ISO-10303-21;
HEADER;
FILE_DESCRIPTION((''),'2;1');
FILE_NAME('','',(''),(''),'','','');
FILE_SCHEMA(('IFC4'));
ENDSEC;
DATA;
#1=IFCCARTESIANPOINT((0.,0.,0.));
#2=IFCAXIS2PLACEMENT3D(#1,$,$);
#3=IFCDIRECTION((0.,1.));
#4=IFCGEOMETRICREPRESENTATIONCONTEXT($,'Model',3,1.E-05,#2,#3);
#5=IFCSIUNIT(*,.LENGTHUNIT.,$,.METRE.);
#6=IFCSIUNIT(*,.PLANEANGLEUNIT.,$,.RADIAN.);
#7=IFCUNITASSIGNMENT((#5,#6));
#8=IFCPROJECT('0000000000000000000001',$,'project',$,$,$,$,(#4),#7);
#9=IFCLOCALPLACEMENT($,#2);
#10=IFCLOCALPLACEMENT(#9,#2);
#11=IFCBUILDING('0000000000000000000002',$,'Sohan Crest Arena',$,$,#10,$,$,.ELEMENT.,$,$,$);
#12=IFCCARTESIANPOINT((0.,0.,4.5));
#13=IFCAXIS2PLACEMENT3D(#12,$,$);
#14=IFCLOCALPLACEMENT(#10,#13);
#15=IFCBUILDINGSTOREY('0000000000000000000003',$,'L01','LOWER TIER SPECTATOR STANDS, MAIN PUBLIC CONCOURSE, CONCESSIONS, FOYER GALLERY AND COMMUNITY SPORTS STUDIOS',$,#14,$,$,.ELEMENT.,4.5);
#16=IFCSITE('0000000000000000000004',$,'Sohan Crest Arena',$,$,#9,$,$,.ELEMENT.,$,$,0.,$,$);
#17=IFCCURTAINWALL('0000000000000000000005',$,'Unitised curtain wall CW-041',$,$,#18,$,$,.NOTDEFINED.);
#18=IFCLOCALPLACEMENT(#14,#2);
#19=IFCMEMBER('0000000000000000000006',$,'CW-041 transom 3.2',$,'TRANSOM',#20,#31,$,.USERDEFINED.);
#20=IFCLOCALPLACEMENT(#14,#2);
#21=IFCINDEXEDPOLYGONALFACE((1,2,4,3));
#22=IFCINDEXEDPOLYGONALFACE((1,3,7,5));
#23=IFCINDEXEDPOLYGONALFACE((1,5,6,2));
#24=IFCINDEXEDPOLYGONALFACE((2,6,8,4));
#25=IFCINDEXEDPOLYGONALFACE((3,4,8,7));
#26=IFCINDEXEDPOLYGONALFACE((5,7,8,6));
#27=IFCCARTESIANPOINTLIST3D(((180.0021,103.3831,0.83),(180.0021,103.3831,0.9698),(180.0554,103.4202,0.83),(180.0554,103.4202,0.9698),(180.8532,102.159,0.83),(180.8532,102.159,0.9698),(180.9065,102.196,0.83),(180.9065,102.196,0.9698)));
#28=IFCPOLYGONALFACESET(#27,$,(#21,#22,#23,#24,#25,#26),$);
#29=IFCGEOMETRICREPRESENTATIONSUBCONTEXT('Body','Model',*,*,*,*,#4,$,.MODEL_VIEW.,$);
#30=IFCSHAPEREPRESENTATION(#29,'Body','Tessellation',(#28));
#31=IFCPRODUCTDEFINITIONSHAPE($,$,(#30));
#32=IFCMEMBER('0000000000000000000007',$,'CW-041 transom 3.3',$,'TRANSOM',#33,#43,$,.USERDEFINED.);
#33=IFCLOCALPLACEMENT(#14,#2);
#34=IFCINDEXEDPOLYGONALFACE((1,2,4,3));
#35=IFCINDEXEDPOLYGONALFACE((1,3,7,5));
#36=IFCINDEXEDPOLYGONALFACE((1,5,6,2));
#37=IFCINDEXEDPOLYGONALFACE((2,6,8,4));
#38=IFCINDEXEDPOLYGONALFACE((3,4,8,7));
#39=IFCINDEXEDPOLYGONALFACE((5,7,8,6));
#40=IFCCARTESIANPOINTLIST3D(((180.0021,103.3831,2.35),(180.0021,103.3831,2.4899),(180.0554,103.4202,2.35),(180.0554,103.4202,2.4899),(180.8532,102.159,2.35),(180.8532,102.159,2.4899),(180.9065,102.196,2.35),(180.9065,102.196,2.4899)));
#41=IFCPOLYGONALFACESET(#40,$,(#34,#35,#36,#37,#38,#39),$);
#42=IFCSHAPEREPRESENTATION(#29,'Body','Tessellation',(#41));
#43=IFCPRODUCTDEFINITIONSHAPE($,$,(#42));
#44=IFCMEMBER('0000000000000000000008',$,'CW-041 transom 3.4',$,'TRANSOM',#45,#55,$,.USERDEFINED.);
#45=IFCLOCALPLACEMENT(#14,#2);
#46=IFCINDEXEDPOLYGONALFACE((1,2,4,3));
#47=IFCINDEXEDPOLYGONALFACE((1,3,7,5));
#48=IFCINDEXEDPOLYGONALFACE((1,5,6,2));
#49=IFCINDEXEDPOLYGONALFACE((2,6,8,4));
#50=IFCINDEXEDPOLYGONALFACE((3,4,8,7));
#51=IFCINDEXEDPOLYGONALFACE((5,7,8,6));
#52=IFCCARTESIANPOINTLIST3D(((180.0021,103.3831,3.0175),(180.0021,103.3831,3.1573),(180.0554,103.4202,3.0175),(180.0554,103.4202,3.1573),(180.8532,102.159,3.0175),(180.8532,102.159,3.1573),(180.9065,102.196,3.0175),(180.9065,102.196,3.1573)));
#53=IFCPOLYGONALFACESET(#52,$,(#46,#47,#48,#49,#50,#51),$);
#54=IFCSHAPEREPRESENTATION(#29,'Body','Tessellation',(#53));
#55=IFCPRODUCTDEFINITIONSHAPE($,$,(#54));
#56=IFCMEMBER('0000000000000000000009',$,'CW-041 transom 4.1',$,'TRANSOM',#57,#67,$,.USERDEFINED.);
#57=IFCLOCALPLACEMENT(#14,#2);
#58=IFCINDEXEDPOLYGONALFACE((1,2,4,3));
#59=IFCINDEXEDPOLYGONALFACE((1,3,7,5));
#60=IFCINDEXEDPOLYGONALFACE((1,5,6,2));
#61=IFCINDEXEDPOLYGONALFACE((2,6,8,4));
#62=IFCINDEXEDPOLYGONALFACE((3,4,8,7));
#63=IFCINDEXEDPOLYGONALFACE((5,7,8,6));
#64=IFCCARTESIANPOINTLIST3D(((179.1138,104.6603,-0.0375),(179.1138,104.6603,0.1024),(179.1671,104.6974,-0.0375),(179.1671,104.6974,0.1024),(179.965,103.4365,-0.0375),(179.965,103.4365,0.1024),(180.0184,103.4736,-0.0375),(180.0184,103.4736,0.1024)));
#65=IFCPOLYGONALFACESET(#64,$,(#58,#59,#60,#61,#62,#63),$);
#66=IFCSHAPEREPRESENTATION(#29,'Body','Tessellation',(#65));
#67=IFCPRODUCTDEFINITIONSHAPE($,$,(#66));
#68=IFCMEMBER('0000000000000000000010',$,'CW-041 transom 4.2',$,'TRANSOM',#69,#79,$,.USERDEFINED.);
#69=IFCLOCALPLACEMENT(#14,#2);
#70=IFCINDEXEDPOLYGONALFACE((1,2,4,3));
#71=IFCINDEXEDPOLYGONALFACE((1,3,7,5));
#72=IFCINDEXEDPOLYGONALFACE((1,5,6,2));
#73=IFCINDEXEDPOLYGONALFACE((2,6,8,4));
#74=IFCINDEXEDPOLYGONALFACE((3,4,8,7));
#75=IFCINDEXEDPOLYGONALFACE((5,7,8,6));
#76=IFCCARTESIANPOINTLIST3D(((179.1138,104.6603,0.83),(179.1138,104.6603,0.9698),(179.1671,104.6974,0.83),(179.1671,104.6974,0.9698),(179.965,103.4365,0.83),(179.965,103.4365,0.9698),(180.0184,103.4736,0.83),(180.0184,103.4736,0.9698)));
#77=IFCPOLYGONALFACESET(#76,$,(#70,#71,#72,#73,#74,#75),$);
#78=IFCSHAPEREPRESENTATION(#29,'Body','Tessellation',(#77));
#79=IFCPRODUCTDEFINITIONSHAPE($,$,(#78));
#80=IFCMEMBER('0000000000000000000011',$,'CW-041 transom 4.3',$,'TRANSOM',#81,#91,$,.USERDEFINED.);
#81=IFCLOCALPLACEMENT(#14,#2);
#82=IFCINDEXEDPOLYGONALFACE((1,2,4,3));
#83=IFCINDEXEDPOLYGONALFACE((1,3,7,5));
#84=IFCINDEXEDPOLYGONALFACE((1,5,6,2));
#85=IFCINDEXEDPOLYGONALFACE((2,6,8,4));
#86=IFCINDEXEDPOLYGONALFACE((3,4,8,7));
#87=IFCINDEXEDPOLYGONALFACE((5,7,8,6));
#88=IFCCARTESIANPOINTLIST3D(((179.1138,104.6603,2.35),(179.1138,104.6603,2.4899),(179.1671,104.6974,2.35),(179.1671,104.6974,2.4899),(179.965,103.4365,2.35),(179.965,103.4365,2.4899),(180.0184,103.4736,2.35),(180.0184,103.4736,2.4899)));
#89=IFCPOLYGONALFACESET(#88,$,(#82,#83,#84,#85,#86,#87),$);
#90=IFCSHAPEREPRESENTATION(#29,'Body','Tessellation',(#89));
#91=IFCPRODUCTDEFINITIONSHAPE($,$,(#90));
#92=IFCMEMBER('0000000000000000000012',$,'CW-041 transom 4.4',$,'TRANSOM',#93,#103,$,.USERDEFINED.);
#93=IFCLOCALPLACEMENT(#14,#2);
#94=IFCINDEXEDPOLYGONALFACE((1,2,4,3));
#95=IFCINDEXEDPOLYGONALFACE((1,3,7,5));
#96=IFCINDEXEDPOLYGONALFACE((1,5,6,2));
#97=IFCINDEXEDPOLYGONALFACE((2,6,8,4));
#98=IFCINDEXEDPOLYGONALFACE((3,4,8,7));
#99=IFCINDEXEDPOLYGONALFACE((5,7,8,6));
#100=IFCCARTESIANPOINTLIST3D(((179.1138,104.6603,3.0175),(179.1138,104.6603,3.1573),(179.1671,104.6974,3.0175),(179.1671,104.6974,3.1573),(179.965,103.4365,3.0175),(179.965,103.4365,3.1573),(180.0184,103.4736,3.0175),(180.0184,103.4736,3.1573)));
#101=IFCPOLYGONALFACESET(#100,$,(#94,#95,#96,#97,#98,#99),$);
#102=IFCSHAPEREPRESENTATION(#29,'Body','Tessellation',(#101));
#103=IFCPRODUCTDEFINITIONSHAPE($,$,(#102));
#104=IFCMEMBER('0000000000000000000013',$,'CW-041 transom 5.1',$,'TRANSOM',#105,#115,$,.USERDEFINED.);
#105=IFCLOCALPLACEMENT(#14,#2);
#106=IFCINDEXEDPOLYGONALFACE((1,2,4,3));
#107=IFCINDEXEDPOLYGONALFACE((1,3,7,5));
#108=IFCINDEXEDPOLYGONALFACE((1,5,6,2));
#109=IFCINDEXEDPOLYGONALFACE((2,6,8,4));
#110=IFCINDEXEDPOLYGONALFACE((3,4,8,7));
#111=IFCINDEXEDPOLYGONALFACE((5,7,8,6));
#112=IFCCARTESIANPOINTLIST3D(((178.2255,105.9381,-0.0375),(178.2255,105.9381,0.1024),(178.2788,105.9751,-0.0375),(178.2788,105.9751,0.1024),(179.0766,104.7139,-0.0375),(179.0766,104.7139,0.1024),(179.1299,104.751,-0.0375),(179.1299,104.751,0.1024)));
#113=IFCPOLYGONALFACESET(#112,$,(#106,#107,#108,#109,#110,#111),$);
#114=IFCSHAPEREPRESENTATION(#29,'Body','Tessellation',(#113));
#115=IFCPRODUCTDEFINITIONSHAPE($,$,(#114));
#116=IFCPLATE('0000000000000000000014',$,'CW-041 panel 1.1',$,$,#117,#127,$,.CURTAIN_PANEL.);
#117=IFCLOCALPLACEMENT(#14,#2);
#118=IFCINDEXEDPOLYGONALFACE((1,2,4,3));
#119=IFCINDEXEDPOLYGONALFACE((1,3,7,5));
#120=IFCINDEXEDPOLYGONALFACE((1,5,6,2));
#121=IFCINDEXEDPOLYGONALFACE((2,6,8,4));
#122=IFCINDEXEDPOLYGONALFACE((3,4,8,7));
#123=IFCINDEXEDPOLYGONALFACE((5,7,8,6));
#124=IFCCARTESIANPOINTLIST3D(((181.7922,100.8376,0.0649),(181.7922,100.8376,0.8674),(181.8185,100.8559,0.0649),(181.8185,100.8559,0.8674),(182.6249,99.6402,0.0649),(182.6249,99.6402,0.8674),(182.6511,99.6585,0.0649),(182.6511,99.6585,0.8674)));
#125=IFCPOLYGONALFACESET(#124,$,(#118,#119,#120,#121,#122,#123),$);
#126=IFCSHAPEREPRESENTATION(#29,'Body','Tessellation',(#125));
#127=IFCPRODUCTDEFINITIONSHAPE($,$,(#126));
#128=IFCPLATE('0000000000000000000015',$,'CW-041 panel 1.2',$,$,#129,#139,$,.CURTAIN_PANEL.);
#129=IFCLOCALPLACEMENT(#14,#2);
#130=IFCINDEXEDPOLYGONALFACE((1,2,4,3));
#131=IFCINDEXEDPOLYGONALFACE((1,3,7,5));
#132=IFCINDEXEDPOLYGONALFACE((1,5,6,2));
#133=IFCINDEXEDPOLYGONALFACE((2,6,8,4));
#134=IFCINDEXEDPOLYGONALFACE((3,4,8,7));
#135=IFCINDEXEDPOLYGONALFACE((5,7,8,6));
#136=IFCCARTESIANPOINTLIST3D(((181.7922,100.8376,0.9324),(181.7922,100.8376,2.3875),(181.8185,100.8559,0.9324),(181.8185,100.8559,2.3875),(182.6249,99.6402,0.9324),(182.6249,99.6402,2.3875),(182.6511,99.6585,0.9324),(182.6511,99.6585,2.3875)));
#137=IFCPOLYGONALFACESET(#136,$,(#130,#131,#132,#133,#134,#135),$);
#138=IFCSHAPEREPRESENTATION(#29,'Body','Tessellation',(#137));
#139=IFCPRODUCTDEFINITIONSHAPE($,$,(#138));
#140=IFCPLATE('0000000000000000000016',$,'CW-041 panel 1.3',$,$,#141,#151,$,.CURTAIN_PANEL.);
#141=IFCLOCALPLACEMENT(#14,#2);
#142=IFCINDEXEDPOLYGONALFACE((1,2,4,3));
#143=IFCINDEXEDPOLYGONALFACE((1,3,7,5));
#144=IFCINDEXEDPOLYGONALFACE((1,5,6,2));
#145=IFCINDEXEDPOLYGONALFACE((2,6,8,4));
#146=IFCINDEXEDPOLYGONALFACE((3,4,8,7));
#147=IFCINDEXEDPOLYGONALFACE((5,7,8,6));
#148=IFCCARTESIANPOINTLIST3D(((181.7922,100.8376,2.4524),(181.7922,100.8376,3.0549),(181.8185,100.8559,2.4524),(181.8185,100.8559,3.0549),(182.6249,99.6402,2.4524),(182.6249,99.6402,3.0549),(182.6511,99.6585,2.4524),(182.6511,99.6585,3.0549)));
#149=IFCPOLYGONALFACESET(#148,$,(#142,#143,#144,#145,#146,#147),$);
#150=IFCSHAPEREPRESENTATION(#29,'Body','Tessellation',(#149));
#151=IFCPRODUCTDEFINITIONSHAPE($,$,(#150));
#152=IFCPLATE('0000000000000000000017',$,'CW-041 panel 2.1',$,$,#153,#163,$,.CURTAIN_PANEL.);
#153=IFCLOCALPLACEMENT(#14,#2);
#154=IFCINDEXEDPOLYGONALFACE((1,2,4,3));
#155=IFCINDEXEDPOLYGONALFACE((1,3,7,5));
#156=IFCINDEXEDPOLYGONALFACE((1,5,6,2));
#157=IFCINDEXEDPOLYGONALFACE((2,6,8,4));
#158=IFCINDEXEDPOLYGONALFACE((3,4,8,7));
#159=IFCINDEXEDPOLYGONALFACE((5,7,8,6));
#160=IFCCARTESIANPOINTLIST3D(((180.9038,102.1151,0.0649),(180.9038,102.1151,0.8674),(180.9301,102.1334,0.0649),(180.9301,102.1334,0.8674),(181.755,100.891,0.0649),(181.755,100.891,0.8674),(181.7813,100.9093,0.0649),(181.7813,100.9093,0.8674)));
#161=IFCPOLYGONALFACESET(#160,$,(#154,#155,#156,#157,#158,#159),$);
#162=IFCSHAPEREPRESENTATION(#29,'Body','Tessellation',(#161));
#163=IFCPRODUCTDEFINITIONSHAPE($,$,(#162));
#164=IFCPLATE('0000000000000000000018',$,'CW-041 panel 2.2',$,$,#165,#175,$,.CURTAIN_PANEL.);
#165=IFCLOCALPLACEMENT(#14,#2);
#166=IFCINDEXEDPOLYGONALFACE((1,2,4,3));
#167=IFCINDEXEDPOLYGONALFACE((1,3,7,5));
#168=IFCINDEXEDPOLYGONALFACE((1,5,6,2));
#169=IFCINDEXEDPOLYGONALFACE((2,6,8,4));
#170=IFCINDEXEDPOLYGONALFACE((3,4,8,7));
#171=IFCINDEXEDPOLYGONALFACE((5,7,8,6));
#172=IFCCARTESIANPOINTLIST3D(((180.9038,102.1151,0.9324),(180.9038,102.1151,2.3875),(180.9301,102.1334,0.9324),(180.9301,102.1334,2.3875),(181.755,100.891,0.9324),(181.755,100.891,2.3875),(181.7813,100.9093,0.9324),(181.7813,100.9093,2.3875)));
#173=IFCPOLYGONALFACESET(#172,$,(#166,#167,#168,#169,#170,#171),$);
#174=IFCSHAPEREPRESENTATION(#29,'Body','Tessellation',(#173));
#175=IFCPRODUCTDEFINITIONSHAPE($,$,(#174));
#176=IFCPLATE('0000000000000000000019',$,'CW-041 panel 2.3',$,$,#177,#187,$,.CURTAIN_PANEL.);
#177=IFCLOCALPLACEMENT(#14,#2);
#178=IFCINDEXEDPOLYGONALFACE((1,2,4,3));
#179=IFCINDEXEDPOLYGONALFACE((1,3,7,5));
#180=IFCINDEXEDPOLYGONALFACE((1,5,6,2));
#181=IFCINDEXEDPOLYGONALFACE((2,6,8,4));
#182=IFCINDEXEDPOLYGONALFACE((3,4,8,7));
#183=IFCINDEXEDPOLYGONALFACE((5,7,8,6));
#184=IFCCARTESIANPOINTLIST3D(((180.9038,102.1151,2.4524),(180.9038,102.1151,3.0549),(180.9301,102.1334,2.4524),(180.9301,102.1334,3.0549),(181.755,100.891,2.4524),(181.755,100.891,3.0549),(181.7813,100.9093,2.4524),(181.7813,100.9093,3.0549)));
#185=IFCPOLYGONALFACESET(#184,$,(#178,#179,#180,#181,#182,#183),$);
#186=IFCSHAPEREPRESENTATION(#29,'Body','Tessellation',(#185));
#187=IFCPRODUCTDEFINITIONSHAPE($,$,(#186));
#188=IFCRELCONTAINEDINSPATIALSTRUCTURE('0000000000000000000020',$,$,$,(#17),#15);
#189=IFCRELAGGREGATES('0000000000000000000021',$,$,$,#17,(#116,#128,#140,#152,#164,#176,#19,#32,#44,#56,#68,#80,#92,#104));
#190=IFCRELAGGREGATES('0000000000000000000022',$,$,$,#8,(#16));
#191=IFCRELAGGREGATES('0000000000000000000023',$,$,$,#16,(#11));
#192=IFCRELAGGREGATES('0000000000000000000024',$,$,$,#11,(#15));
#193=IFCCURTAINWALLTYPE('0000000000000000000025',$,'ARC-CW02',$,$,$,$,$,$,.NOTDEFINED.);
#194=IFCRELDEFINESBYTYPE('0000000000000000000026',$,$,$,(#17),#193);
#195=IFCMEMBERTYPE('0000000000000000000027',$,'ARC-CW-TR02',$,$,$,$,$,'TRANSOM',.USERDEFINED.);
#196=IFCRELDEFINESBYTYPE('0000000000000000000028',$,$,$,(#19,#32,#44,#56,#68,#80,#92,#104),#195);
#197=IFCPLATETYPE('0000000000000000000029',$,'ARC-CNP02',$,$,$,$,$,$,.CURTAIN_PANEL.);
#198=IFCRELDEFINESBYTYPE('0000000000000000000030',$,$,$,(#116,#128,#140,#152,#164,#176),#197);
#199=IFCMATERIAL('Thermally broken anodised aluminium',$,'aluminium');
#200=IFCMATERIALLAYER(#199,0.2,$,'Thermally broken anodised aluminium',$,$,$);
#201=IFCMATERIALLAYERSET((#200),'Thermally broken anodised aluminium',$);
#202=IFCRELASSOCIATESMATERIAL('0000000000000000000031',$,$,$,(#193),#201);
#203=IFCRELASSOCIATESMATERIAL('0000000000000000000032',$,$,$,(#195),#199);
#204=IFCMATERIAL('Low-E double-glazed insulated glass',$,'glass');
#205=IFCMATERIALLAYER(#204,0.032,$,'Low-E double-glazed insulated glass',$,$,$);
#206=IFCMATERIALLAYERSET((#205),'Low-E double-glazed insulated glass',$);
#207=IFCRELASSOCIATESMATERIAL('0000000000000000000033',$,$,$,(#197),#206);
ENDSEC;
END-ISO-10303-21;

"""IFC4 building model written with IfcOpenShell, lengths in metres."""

from ifc_helpers import new_model, si_unit, direction, frame, origin, origin_2d, place, context, subcontext, project, spatial, rectangle, extrude, material, layer, layer_set, material_profile, profile_set, type_object, element, aggregate, save


model = new_model("IFC4")

# Units and contexts
model_context = context("Model", 3, precision=1e-05, world=origin(), true_north=direction((0.0, 1.0)))
body_context = subcontext(model_context, "Body", "Model", "MODEL_VIEW")
ifc_project = project(units=[si_unit("LENGTHUNIT", "METRE"), si_unit("PLANEANGLEUNIT", "RADIAN")], contexts=[model_context])

# Site, building, storey
site_placement = place(None, origin())
site = spatial("IfcSite", under=ifc_project, at=site_placement, Name="Sohan Crest Arena", CompositionType="ELEMENT", RefElevation=0.0)
building_placement = place(site_placement, origin())
building = spatial("IfcBuilding", under=site, at=building_placement, Name="Sohan Crest Arena", CompositionType="ELEMENT")
storey_placement = place(building_placement, frame((0.0, 0.0, 4.5)))
storey = spatial("IfcBuildingStorey", under=building, at=storey_placement, Name="L01", Description="LOWER TIER SPECTATOR STANDS, MAIN PUBLIC CONCOURSE, CONCESSIONS, FOYER GALLERY AND COMMUNITY SPORTS STUDIOS", CompositionType="ELEMENT", Elevation=4.5)

# Curtain wall, members, plates
ifc_material_1 = material(Name="Thermally broken anodised aluminium", Category="aluminium")
ifc_layer_1 = layer(ifc_material_1, 0.2, Name="Thermally broken anodised aluminium")
ifc_layer_set_1 = layer_set([ifc_layer_1], Name="Thermally broken anodised aluminium")
curtain_wall_type = type_object("IfcCurtainWallType", Name="ARC-CW02", PredefinedType="NOTDEFINED", material=ifc_layer_set_1)
curtain_wall_placement = place(storey_placement, origin())
curtain_wall = element("IfcCurtainWall", 1, at=curtain_wall_placement, inside=storey, type_object=curtain_wall_type, Name="Unitised curtain wall CW-041", PredefinedType="NOTDEFINED")
ifc_material_profile_1 = material_profile(ifc_material_1, rectangle(XDim=0.0649, YDim=0.1399, at=origin_2d()), Name="ALU-TRAN 65x140")
ifc_profile_set_1 = profile_set([ifc_material_profile_1], Name="Thermally broken anodised aluminium")
member_type_1 = type_object("IfcMemberType", Name="ARC-CW-TR02", ElementType="TRANSOM", PredefinedType="USERDEFINED", material=ifc_profile_set_1)
member_1_placement = place(storey_placement, frame((180.8799, 102.1775, 0.8999), z_axis=(-0.570844, 0.821059, 0.0), x_axis=(-0.821059, -0.570844, 0.0)))
member_1 = element("IfcMember", 2, at=member_1_placement, type_object=member_type_1, Name="CW-041 transom 3.2", ObjectType="TRANSOM", PredefinedType="USERDEFINED", context=body_context, shape_type="SweptSolid", body=[
    extrude(rectangle(XDim=0.0649, YDim=0.1399, at=origin_2d()), origin(), (0.0, 0.0, 1.0), 1.491),
])
member_2_placement = place(storey_placement, frame((180.8799, 102.1775, 2.4199), z_axis=(-0.570844, 0.821059, 0.0), x_axis=(-0.821059, -0.570844, 0.0)))
member_2 = element("IfcMember", 3, at=member_2_placement, type_object=member_type_1, Name="CW-041 transom 3.3", ObjectType="TRANSOM", PredefinedType="USERDEFINED", context=body_context, shape_type="SweptSolid", body=[
    extrude(rectangle(XDim=0.0649, YDim=0.1399, at=origin_2d()), origin(), (0.0, 0.0, 1.0), 1.491),
])
member_3_placement = place(storey_placement, frame((180.8799, 102.1775, 3.0874), z_axis=(-0.570844, 0.821059, 0.0), x_axis=(-0.821059, -0.570844, 0.0)))
member_3 = element("IfcMember", 4, at=member_3_placement, type_object=member_type_1, Name="CW-041 transom 3.4", ObjectType="TRANSOM", PredefinedType="USERDEFINED", context=body_context, shape_type="SweptSolid", body=[
    extrude(rectangle(XDim=0.0649, YDim=0.1399, at=origin_2d()), origin(), (0.0, 0.0, 1.0), 1.491),
])
member_4_placement = place(storey_placement, frame((179.9917, 103.4551, 0.0325), z_axis=(-0.571031, 0.820929, 0.0), x_axis=(-0.820929, -0.571031, 0.0)))
member_4 = element("IfcMember", 5, at=member_4_placement, type_object=member_type_1, Name="CW-041 transom 4.1", ObjectType="TRANSOM", PredefinedType="USERDEFINED", context=body_context, shape_type="SweptSolid", body=[
    extrude(rectangle(XDim=0.0649, YDim=0.1399, at=origin_2d()), origin(), (0.0, 0.0, 1.0), 1.4907),
])
member_5_placement = place(storey_placement, frame((179.9917, 103.4551, 0.8999), z_axis=(-0.571031, 0.820929, 0.0), x_axis=(-0.820929, -0.571031, 0.0)))
member_5 = element("IfcMember", 6, at=member_5_placement, type_object=member_type_1, Name="CW-041 transom 4.2", ObjectType="TRANSOM", PredefinedType="USERDEFINED", context=body_context, shape_type="SweptSolid", body=[
    extrude(rectangle(XDim=0.0649, YDim=0.1399, at=origin_2d()), origin(), (0.0, 0.0, 1.0), 1.4907),
])
member_6_placement = place(storey_placement, frame((179.9917, 103.4551, 2.4199), z_axis=(-0.571031, 0.820929, 0.0), x_axis=(-0.820929, -0.571031, 0.0)))
member_6 = element("IfcMember", 7, at=member_6_placement, type_object=member_type_1, Name="CW-041 transom 4.3", ObjectType="TRANSOM", PredefinedType="USERDEFINED", context=body_context, shape_type="SweptSolid", body=[
    extrude(rectangle(XDim=0.0649, YDim=0.1399, at=origin_2d()), origin(), (0.0, 0.0, 1.0), 1.4907),
])
member_7_placement = place(storey_placement, frame((179.9917, 103.4551, 3.0874), z_axis=(-0.571031, 0.820929, 0.0), x_axis=(-0.820929, -0.571031, 0.0)))
member_7 = element("IfcMember", 8, at=member_7_placement, type_object=member_type_1, Name="CW-041 transom 4.4", ObjectType="TRANSOM", PredefinedType="USERDEFINED", context=body_context, shape_type="SweptSolid", body=[
    extrude(rectangle(XDim=0.0649, YDim=0.1399, at=origin_2d()), origin(), (0.0, 0.0, 1.0), 1.4907),
])
member_8_placement = place(storey_placement, frame((179.1033, 104.7324, 0.0325), z_axis=(-0.570844, 0.821059, 0.0), x_axis=(-0.821059, -0.570844, 0.0)))
member_8 = element("IfcMember", 9, at=member_8_placement, type_object=member_type_1, Name="CW-041 transom 5.1", ObjectType="TRANSOM", PredefinedType="USERDEFINED", context=body_context, shape_type="SweptSolid", body=[
    extrude(rectangle(XDim=0.0649, YDim=0.1399, at=origin_2d()), origin(), (0.0, 0.0, 1.0), 1.491),
])
ifc_material_2 = material(Name="Low-E double-glazed insulated glass", Category="glass")
ifc_layer_2 = layer(ifc_material_2, 0.032, Name="Low-E double-glazed insulated glass")
ifc_layer_set_2 = layer_set([ifc_layer_2], Name="Low-E double-glazed insulated glass")
plate_type = type_object("IfcPlateType", Name="ARC-CNP02", PredefinedType="CURTAIN_PANEL", material=ifc_layer_set_2)
plate_1_placement = place(storey_placement, frame((182.2217, 100.248, 0.0649), z_axis=(0.0, 0.0, 1.0), x_axis=(-0.570908, 0.821014, 0.0)))
plate_1 = element("IfcPlate", 10, at=plate_1_placement, type_object=plate_type, Name="CW-041 panel 1.1", PredefinedType="CURTAIN_PANEL", context=body_context, shape_type="SweptSolid", body=[
    extrude(rectangle(XDim=1.4585, YDim=0.032, at=origin_2d()), origin(), (0.0, 0.0, 1.0), 0.8025),
])
plate_2_placement = place(storey_placement, frame((182.2217, 100.248, 0.9324), z_axis=(0.0, 0.0, 1.0), x_axis=(-0.570908, 0.821014, 0.0)))
plate_2 = element("IfcPlate", 11, at=plate_2_placement, type_object=plate_type, Name="CW-041 panel 1.2", PredefinedType="CURTAIN_PANEL", context=body_context, shape_type="SweptSolid", body=[
    extrude(rectangle(XDim=1.4585, YDim=0.032, at=origin_2d()), origin(), (0.0, 0.0, 1.0), 1.4551),
])
plate_3_placement = place(storey_placement, frame((182.2217, 100.248, 2.4524), z_axis=(0.0, 0.0, 1.0), x_axis=(-0.570908, 0.821014, 0.0)))
plate_3 = element("IfcPlate", 12, at=plate_3_placement, type_object=plate_type, Name="CW-041 panel 1.3", PredefinedType="CURTAIN_PANEL", context=body_context, shape_type="SweptSolid", body=[
    extrude(rectangle(XDim=1.4585, YDim=0.032, at=origin_2d()), origin(), (0.0, 0.0, 1.0), 0.6025),
])
plate_4_placement = place(storey_placement, frame((181.3425, 101.5122, 0.0649), z_axis=(0.0, 0.0, 1.0), x_axis=(-0.570908, 0.821014, 0.0)))
plate_4 = element("IfcPlate", 13, at=plate_4_placement, type_object=plate_type, Name="CW-041 panel 2.1", PredefinedType="CURTAIN_PANEL", context=body_context, shape_type="SweptSolid", body=[
    extrude(rectangle(XDim=1.491, YDim=0.032, at=origin_2d()), origin(), (0.0, 0.0, 1.0), 0.8025),
])
plate_5_placement = place(storey_placement, frame((181.3425, 101.5122, 0.9324), z_axis=(0.0, 0.0, 1.0), x_axis=(-0.570908, 0.821014, 0.0)))
plate_5 = element("IfcPlate", 14, at=plate_5_placement, type_object=plate_type, Name="CW-041 panel 2.2", PredefinedType="CURTAIN_PANEL", context=body_context, shape_type="SweptSolid", body=[
    extrude(rectangle(XDim=1.491, YDim=0.032, at=origin_2d()), origin(), (0.0, 0.0, 1.0), 1.4551),
])
plate_6_placement = place(storey_placement, frame((181.3425, 101.5122, 2.4524), z_axis=(0.0, 0.0, 1.0), x_axis=(-0.570908, 0.821014, 0.0)))
plate_6 = element("IfcPlate", 15, at=plate_6_placement, type_object=plate_type, Name="CW-041 panel 2.3", PredefinedType="CURTAIN_PANEL", context=body_context, shape_type="SweptSolid", body=[
    extrude(rectangle(XDim=1.491, YDim=0.032, at=origin_2d()), origin(), (0.0, 0.0, 1.0), 0.6025),
])
aggregate(curtain_wall, [plate_1, plate_2, plate_3, plate_4, plate_5, plate_6, member_1, member_2, member_3, member_4, member_5, member_6, member_7, member_8])

save(model, "model.ifc")
